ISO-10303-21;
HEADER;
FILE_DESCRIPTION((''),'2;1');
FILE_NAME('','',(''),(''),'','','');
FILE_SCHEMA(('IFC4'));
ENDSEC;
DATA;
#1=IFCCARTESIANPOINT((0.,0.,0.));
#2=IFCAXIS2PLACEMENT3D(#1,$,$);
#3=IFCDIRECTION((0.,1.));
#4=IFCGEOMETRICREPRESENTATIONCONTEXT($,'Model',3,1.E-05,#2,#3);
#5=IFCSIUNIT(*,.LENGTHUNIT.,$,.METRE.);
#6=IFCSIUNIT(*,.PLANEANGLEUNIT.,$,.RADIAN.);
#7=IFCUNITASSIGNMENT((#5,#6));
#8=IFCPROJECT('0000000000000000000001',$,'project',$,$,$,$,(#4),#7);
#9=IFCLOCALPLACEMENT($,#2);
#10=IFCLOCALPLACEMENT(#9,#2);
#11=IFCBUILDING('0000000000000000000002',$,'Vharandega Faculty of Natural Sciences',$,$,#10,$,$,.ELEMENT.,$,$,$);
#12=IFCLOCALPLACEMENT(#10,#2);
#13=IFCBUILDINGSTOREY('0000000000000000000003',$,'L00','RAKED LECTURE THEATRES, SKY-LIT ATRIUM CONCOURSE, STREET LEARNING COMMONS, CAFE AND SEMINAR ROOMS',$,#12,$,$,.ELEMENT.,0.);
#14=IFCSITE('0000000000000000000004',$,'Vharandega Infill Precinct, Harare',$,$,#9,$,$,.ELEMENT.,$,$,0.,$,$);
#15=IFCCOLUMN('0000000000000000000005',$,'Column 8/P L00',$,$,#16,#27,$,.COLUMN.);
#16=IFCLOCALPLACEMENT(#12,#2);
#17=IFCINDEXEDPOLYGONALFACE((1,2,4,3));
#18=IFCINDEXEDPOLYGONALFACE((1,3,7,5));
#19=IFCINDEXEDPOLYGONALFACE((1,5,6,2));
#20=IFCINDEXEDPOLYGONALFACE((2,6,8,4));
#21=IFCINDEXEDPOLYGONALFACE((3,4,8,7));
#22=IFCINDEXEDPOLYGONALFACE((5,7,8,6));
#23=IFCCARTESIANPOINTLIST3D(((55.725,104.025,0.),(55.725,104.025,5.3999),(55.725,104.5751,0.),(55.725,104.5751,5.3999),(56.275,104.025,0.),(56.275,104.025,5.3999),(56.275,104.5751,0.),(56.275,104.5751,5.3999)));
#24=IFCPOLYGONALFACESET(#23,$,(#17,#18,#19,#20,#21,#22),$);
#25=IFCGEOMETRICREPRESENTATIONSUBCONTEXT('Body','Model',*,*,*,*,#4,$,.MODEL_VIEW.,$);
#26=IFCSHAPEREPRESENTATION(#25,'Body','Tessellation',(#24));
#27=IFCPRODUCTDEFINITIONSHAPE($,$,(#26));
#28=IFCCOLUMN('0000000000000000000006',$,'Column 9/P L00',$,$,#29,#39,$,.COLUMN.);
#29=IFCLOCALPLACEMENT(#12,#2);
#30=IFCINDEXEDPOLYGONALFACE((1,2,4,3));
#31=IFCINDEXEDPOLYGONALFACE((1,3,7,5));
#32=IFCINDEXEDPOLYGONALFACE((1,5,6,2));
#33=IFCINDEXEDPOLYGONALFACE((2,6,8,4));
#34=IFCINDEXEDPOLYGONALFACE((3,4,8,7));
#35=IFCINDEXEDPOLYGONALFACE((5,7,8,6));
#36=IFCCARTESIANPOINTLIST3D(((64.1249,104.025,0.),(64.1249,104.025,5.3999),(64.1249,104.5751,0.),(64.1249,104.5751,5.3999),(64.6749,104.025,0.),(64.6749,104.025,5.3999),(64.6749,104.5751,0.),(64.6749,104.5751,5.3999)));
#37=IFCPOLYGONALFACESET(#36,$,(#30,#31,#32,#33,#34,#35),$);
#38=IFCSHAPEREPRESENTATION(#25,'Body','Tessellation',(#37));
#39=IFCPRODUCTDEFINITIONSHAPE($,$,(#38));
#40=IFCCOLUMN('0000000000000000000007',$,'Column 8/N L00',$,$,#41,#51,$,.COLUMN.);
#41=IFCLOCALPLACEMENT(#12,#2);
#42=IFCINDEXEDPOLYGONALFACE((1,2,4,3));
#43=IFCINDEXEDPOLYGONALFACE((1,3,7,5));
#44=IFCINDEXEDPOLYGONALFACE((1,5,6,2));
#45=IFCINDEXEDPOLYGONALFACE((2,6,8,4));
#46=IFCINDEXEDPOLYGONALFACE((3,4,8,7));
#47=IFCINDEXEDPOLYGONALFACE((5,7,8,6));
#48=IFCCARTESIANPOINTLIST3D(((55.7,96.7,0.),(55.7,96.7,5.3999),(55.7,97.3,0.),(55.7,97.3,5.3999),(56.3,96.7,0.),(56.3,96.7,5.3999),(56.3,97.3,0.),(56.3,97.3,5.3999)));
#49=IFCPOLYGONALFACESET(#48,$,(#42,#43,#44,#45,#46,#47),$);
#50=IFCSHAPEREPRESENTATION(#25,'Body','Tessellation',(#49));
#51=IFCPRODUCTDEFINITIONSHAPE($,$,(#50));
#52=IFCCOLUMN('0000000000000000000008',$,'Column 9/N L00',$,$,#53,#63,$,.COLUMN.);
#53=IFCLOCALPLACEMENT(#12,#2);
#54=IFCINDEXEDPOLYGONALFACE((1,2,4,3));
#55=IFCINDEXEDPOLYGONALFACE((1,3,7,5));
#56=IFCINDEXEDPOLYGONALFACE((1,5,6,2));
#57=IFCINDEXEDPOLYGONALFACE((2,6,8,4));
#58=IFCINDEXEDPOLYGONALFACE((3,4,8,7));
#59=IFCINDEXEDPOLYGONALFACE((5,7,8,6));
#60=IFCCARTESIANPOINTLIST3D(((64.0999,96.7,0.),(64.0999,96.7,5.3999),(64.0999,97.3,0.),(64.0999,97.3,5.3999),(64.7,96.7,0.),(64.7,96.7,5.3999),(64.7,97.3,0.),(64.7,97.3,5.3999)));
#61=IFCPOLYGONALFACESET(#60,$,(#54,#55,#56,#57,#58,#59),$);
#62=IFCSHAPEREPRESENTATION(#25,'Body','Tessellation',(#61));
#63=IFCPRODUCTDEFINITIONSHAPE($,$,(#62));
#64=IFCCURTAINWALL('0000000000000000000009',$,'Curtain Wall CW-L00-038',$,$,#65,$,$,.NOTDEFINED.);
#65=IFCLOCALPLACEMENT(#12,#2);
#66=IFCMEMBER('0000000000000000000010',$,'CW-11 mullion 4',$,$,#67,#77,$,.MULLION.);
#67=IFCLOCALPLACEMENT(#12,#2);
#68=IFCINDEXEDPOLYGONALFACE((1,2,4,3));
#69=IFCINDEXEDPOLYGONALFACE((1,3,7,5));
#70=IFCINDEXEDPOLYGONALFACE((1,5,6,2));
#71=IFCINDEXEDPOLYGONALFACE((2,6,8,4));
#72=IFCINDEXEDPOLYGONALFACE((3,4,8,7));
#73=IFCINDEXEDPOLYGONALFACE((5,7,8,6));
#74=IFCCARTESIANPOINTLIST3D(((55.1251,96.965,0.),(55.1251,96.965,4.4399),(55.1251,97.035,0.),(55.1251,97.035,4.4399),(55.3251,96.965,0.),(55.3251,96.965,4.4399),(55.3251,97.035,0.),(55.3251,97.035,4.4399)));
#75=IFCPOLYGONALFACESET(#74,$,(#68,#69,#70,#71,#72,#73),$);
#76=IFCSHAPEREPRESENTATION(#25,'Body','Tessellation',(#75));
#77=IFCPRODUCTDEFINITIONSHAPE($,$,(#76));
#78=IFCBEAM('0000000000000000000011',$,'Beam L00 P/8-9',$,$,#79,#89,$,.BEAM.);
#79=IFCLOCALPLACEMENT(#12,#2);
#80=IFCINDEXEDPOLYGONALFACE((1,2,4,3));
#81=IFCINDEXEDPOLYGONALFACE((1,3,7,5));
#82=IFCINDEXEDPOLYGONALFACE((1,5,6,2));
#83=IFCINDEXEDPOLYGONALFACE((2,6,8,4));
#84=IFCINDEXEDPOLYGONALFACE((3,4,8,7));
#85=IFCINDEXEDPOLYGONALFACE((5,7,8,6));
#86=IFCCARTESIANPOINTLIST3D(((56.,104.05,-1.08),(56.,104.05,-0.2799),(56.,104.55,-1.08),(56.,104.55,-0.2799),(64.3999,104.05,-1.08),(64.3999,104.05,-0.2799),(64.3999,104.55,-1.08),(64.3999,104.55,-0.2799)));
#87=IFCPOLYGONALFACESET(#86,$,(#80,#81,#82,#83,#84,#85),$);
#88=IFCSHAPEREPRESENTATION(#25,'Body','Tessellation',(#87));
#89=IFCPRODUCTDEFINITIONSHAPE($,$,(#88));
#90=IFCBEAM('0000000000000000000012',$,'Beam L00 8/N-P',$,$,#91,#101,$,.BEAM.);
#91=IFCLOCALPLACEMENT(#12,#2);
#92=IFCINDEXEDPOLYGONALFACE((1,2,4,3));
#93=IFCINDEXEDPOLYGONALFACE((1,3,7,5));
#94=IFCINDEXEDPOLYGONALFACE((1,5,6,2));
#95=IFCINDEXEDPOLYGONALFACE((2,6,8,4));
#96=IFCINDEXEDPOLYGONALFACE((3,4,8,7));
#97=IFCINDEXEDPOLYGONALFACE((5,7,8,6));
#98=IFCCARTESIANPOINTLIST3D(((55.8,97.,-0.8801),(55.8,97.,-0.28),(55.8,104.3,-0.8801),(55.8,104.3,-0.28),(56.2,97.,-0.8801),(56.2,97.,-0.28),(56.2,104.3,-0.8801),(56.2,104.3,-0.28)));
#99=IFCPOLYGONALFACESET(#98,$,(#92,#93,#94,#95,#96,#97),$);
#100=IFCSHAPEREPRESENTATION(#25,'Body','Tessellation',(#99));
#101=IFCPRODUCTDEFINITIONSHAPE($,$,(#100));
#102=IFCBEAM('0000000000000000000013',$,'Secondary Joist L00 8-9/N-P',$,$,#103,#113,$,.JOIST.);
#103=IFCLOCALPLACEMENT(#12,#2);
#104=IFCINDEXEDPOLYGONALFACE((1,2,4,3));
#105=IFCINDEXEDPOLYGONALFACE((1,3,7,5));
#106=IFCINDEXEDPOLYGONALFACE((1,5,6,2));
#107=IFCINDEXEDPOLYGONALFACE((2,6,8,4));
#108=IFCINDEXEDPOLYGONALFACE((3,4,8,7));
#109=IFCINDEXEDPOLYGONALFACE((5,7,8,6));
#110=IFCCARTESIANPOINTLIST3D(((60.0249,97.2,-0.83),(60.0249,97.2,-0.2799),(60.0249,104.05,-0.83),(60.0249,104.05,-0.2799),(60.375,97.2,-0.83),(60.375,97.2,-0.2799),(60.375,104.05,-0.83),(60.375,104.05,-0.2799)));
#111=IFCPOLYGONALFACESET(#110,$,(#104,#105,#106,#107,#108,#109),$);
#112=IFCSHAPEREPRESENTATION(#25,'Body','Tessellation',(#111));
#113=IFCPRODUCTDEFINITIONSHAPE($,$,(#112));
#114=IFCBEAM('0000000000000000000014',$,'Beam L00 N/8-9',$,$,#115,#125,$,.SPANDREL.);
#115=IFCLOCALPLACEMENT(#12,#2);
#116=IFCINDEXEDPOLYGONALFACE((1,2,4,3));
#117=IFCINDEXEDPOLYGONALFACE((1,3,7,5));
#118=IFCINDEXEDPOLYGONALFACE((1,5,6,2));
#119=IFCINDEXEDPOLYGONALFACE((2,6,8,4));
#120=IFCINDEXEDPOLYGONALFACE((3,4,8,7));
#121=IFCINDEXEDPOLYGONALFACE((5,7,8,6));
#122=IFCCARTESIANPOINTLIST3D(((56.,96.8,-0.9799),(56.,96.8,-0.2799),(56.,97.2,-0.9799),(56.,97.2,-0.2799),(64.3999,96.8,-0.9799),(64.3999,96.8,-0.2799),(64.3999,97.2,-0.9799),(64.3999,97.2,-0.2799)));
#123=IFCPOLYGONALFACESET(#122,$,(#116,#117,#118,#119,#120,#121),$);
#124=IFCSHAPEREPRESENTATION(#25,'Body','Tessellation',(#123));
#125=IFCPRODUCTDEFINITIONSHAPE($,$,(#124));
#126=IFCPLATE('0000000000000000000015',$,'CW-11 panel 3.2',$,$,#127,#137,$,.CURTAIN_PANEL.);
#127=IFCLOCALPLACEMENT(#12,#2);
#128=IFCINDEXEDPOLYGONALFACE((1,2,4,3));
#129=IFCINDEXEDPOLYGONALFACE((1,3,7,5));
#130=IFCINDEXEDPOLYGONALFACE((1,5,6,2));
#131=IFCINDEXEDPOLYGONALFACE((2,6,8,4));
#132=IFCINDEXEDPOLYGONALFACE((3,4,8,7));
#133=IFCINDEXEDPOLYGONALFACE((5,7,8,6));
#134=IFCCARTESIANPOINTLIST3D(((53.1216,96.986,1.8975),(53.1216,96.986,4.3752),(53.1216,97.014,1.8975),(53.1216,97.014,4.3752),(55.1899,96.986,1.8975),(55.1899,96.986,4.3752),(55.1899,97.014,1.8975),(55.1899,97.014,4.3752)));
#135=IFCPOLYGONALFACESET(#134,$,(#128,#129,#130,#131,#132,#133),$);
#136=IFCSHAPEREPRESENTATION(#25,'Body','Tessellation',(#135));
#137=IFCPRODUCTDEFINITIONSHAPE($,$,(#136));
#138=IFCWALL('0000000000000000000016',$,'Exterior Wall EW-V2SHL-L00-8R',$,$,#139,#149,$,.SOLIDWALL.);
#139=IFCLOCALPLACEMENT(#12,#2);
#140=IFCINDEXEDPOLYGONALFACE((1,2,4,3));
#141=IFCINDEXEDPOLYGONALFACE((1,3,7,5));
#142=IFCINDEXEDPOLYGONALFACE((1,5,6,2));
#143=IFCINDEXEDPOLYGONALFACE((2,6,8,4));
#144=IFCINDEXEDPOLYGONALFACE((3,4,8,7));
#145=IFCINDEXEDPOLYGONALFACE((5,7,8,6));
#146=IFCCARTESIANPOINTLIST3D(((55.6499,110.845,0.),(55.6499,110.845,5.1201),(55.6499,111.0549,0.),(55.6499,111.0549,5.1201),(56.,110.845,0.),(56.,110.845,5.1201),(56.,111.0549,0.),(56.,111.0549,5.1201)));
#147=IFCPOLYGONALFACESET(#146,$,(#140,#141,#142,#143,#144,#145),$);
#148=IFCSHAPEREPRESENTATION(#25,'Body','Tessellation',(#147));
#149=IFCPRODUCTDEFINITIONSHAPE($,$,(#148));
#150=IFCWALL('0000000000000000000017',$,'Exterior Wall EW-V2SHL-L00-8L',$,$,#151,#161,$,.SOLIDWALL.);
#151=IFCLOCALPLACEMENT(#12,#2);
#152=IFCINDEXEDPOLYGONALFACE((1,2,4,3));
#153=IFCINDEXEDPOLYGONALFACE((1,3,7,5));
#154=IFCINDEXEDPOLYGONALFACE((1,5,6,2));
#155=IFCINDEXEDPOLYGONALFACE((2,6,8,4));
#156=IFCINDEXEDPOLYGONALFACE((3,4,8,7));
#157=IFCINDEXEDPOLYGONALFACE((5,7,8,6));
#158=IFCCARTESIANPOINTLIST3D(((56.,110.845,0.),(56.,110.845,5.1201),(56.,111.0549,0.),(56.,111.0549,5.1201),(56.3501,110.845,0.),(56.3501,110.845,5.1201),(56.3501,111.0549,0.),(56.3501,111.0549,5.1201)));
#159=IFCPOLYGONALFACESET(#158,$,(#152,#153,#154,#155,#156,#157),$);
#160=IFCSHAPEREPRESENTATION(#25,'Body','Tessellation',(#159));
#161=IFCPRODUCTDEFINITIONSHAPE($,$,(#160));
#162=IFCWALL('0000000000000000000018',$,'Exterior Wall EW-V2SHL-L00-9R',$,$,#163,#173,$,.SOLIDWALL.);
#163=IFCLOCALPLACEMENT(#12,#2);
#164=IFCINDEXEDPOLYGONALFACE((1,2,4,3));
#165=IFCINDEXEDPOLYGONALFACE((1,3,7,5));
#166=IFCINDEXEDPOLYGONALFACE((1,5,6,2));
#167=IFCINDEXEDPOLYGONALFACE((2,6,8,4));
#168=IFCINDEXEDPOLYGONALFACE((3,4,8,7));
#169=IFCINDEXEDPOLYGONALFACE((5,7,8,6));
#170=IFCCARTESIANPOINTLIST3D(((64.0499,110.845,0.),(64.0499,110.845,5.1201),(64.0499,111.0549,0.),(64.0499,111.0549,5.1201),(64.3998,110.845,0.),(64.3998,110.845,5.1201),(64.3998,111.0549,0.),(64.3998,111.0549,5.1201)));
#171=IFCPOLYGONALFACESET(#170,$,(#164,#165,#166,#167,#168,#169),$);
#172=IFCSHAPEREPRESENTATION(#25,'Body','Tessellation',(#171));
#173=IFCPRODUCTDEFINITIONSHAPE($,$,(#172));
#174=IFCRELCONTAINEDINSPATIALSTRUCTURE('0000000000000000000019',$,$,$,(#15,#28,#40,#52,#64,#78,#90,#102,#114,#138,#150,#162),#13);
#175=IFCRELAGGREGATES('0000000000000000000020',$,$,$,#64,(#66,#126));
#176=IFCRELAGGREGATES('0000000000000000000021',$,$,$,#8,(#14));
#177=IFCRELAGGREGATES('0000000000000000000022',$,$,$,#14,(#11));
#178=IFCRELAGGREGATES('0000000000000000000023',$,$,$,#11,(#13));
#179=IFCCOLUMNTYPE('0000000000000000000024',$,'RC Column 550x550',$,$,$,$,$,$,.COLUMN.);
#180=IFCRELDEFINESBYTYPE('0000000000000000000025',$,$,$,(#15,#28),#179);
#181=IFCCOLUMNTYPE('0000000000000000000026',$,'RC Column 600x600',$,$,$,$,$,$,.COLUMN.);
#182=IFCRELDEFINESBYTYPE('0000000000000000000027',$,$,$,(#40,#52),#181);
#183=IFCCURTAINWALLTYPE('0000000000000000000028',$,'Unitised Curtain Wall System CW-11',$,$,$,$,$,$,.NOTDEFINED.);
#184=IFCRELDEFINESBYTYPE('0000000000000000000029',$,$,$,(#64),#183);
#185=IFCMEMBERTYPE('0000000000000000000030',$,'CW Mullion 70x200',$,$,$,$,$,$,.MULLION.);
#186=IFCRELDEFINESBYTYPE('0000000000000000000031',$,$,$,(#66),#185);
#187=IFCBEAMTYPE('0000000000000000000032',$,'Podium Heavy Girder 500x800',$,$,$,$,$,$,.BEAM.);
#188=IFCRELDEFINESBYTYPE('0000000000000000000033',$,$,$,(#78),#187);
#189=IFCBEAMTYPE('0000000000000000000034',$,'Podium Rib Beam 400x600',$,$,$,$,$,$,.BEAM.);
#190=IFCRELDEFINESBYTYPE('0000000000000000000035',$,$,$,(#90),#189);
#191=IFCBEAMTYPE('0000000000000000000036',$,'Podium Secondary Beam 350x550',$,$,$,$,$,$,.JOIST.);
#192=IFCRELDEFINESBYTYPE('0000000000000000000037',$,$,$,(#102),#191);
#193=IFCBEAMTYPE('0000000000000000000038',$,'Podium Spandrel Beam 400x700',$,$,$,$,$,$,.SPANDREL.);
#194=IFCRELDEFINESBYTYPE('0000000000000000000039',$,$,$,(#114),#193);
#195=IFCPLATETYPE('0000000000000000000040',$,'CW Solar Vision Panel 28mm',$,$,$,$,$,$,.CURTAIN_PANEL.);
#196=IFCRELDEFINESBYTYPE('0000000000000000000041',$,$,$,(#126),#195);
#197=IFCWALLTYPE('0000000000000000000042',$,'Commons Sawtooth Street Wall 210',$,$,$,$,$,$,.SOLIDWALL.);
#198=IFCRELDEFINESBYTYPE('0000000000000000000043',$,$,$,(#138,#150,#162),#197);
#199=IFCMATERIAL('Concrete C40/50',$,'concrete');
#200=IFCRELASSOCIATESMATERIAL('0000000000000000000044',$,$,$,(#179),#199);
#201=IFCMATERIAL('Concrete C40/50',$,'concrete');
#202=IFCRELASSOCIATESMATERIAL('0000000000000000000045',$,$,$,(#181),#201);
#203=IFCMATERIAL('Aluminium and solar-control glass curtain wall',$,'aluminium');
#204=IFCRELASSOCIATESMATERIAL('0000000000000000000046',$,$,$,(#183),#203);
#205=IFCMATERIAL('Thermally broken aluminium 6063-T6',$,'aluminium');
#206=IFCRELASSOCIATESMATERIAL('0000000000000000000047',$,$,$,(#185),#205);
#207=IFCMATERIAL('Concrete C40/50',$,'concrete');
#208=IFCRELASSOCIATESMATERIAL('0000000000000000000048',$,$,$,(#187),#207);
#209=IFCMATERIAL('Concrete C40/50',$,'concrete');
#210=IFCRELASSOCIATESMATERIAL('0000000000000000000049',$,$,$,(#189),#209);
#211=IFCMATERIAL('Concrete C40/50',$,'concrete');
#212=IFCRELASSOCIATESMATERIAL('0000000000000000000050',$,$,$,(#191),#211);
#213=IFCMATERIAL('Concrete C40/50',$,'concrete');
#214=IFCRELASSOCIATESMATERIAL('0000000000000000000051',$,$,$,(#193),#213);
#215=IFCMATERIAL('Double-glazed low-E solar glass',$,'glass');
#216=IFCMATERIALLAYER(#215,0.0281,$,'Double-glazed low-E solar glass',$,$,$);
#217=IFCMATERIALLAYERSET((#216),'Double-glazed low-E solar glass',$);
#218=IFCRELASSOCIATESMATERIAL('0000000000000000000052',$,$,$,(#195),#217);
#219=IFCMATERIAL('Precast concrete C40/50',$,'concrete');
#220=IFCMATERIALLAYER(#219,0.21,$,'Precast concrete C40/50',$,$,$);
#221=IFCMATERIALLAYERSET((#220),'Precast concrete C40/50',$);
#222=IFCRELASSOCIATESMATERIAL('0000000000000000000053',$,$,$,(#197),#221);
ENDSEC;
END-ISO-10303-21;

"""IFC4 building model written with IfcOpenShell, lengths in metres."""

from ifc_helpers import new_model, si_unit, direction, frame, frame_2d, origin, origin_2d, place, context, subcontext, project, spatial, rectangle, extrude, material, layer, layer_set, material_profile, profile_set, type_object, element, aggregate, save


model = new_model("IFC4")

# Units and contexts
model_context = context("Model", 3, precision=1e-05, world=origin(), true_north=direction((0.0, 1.0)))
body_context = subcontext(model_context, "Body", "Model", "MODEL_VIEW")
ifc_project = project(units=[si_unit("LENGTHUNIT", "METRE"), si_unit("PLANEANGLEUNIT", "RADIAN")], contexts=[model_context])

# Site, building, storey
site_placement = place(None, origin())
site = spatial("IfcSite", under=ifc_project, at=site_placement, Name="Vharandega Infill Precinct, Harare", CompositionType="ELEMENT", RefElevation=0.0)
building_placement = place(site_placement, origin())
building = spatial("IfcBuilding", under=site, at=building_placement, Name="Vharandega Faculty of Natural Sciences", CompositionType="ELEMENT")
storey_placement = place(building_placement, origin())
storey = spatial("IfcBuildingStorey", under=building, at=storey_placement, Name="L00", Description="RAKED LECTURE THEATRES, SKY-LIT ATRIUM CONCOURSE, STREET LEARNING COMMONS, CAFE AND SEMINAR ROOMS", CompositionType="ELEMENT", Elevation=0.0)

# Columns
ifc_material_1 = material(Name="Concrete C40/50", Category="concrete")
ifc_material_profile_1 = material_profile(ifc_material_1, rectangle(XDim=0.55, YDim=0.55, at=origin_2d()), Name="RC 550x550")
ifc_profile_set_1 = profile_set([ifc_material_profile_1], Name="Concrete C40/50")
column_type_1 = type_object("IfcColumnType", Name="RC Column 550x550", PredefinedType="COLUMN", material=ifc_profile_set_1)
for number, where, z_axis, x_axis, name in (
    (1, (56.0, 104.3, 0.0), (0.0, 0.0, 1.0), (1.0, 0.0, 0.0), "Column 8/P L00"),
    (2, (64.3999, 104.3, 0.0), (0.0, 0.0, 1.0), (1.0, 0.0, 0.0), "Column 9/P L00"),
):
    element("IfcColumn", number, at=place(storey_placement, frame(where, z_axis=z_axis, x_axis=x_axis)), inside=storey, type_object=column_type_1, Name=name, PredefinedType="COLUMN", context=body_context, shape_type="SweptSolid", body=[
        extrude(rectangle(XDim=0.55, YDim=0.55, at=origin_2d()), origin(), (0.0, 0.0, 1.0), 5.3999),
    ])
ifc_material_2 = material(Name="Concrete C40/50", Category="concrete")
ifc_material_profile_2 = material_profile(ifc_material_2, rectangle(XDim=0.6001, YDim=0.6001, at=origin_2d()), Name="RC 600x600")
ifc_profile_set_2 = profile_set([ifc_material_profile_2], Name="Concrete C40/50")
column_type_2 = type_object("IfcColumnType", Name="RC Column 600x600", PredefinedType="COLUMN", material=ifc_profile_set_2)
for number, where, z_axis, x_axis, name in (
    (3, (56.0, 97.0, 0.0), (0.0, 0.0, 1.0), (1.0, 0.0, 0.0), "Column 8/N L00"),
    (4, (64.3999, 97.0, 0.0), (0.0, 0.0, 1.0), (1.0, 0.0, 0.0), "Column 9/N L00"),
):
    element("IfcColumn", number, at=place(storey_placement, frame(where, z_axis=z_axis, x_axis=x_axis)), inside=storey, type_object=column_type_2, Name=name, PredefinedType="COLUMN", context=body_context, shape_type="SweptSolid", body=[
        extrude(rectangle(XDim=0.6001, YDim=0.6001, at=origin_2d()), origin(), (0.0, 0.0, 1.0), 5.3999),
    ])

# Curtain wall, member
ifc_material_3 = material(Name="Aluminium and solar-control glass curtain wall", Category="aluminium")
curtain_wall_type = type_object("IfcCurtainWallType", Name="Unitised Curtain Wall System CW-11", PredefinedType="NOTDEFINED", material=ifc_material_3)
curtain_wall_placement = place(storey_placement, origin())
curtain_wall = element("IfcCurtainWall", 5, at=curtain_wall_placement, inside=storey, type_object=curtain_wall_type, Name="Curtain Wall CW-L00-038", PredefinedType="NOTDEFINED")
ifc_material_4 = material(Name="Thermally broken aluminium 6063-T6", Category="aluminium")
ifc_material_profile_3 = material_profile(ifc_material_4, rectangle(XDim=0.0701, YDim=0.2, at=origin_2d()), Name="ALU 70x200")
ifc_profile_set_3 = profile_set([ifc_material_profile_3], Name="Thermally broken aluminium 6063-T6")
member_type = type_object("IfcMemberType", Name="CW Mullion 70x200", PredefinedType="MULLION", material=ifc_profile_set_3)
member_placement = place(storey_placement, frame((55.2251, 97.0, 0.0), z_axis=(0.0, 0.0, 1.0), x_axis=(0.0, 1.0, 0.0)))
member = element("IfcMember", 6, at=member_placement, type_object=member_type, Name="CW-11 mullion 4", PredefinedType="MULLION", context=body_context, shape_type="SweptSolid", body=[
    extrude(rectangle(XDim=0.0701, YDim=0.2, at=origin_2d()), origin(), (0.0, 0.0, 1.0), 4.4399),
])

# Beams
ifc_material_5 = material(Name="Concrete C40/50", Category="concrete")
ifc_material_profile_4 = material_profile(ifc_material_5, rectangle(XDim=0.5, YDim=0.8, at=origin_2d()), Name="RC 500x800")
ifc_profile_set_4 = profile_set([ifc_material_profile_4], Name="Concrete C40/50")
beam_type_1 = type_object("IfcBeamType", Name="Podium Heavy Girder 500x800", PredefinedType="BEAM", material=ifc_profile_set_4)
beam_1_placement = place(storey_placement, frame((56.0, 104.3, -0.6799), z_axis=(1.0, 0.0, 0.0), x_axis=(0.0, 1.0, 0.0)))
element("IfcBeam", 7, at=beam_1_placement, inside=storey, type_object=beam_type_1, Name="Beam L00 P/8-9", PredefinedType="BEAM", context=body_context, shape_type="SweptSolid", body=[
    extrude(rectangle(XDim=0.5, YDim=0.8, at=origin_2d()), origin(), (0.0, 0.0, 1.0), 8.3999),
])
ifc_material_6 = material(Name="Concrete C40/50", Category="concrete")
ifc_material_profile_5 = material_profile(ifc_material_6, rectangle(XDim=0.3999, YDim=0.6001, at=origin_2d()), Name="RC 400x600")
ifc_profile_set_5 = profile_set([ifc_material_profile_5], Name="Concrete C40/50")
beam_type_2 = type_object("IfcBeamType", Name="Podium Rib Beam 400x600", PredefinedType="BEAM", material=ifc_profile_set_5)
beam_2_placement = place(storey_placement, frame((56.0, 97.0, -0.5801), z_axis=(0.0, 1.0, 0.0), x_axis=(-1.0, 0.0, 0.0)))
element("IfcBeam", 8, at=beam_2_placement, inside=storey, type_object=beam_type_2, Name="Beam L00 8/N-P", PredefinedType="BEAM", context=body_context, shape_type="SweptSolid", body=[
    extrude(rectangle(XDim=0.3999, YDim=0.6001, at=origin_2d()), origin(), (0.0, 0.0, 1.0), 7.3),
])
ifc_material_7 = material(Name="Concrete C40/50", Category="concrete")
ifc_material_profile_6 = material_profile(ifc_material_7, rectangle(XDim=0.3501, YDim=0.55, at=origin_2d()), Name="RC 350x550")
ifc_profile_set_6 = profile_set([ifc_material_profile_6], Name="Concrete C40/50")
beam_type_3 = type_object("IfcBeamType", Name="Podium Secondary Beam 350x550", PredefinedType="JOIST", material=ifc_profile_set_6)
beam_3_placement = place(storey_placement, frame((60.2, 97.2, -0.5549), z_axis=(0.0, 1.0, 0.0), x_axis=(-1.0, 0.0, 0.0)))
element("IfcBeam", 9, at=beam_3_placement, inside=storey, type_object=beam_type_3, Name="Secondary Joist L00 8-9/N-P", PredefinedType="JOIST", context=body_context, shape_type="SweptSolid", body=[
    extrude(rectangle(XDim=0.3501, YDim=0.55, at=origin_2d()), origin(), (0.0, 0.0, 1.0), 6.8501),
])
ifc_material_8 = material(Name="Concrete C40/50", Category="concrete")
ifc_material_profile_7 = material_profile(ifc_material_8, rectangle(XDim=0.3999, YDim=0.7, at=origin_2d()), Name="RC 400x700")
ifc_profile_set_7 = profile_set([ifc_material_profile_7], Name="Concrete C40/50")
beam_type_4 = type_object("IfcBeamType", Name="Podium Spandrel Beam 400x700", PredefinedType="SPANDREL", material=ifc_profile_set_7)
beam_4_placement = place(storey_placement, frame((56.0, 97.0, -0.6299), z_axis=(1.0, 0.0, 0.0), x_axis=(0.0, 1.0, 0.0)))
element("IfcBeam", 10, at=beam_4_placement, inside=storey, type_object=beam_type_4, Name="Beam L00 N/8-9", PredefinedType="SPANDREL", context=body_context, shape_type="SweptSolid", body=[
    extrude(rectangle(XDim=0.3999, YDim=0.7, at=origin_2d()), origin(), (0.0, 0.0, 1.0), 8.3999),
])

# Plate
ifc_material_9 = material(Name="Double-glazed low-E solar glass", Category="glass")
ifc_layer_1 = layer(ifc_material_9, 0.0281, Name="Double-glazed low-E solar glass")
ifc_layer_set_1 = layer_set([ifc_layer_1], Name="Double-glazed low-E solar glass")
plate_type = type_object("IfcPlateType", Name="CW Solar Vision Panel 28mm", PredefinedType="CURTAIN_PANEL", material=ifc_layer_set_1)
plate_placement = place(storey_placement, frame((54.1558, 97.0, 1.8975), z_axis=(0.0, 0.0, 1.0), x_axis=(1.0, 0.0, 0.0)))
plate = element("IfcPlate", 11, at=plate_placement, type_object=plate_type, Name="CW-11 panel 3.2", PredefinedType="CURTAIN_PANEL", context=body_context, shape_type="SweptSolid", body=[
    extrude(rectangle(XDim=2.0684, YDim=0.0281, at=origin_2d()), origin(), (0.0, 0.0, 1.0), 2.4778),
])
aggregate(curtain_wall, [member, plate])

# Walls
ifc_material_10 = material(Name="Precast concrete C40/50", Category="concrete")
ifc_layer_2 = layer(ifc_material_10, 0.21, Name="Precast concrete C40/50")
ifc_layer_set_2 = layer_set([ifc_layer_2], Name="Precast concrete C40/50")
wall_type_1 = type_object("IfcWallType", Name="Commons Sawtooth Street Wall 210", PredefinedType="SOLIDWALL", material=ifc_layer_set_2)
for number, where, z_axis, x_axis, name in (
    (12, (55.6499, 110.95, 0.0), (0.0, 0.0, 1.0), (1.0, 0.0, 0.0), "Exterior Wall EW-V2SHL-L00-8R"),
    (13, (56.0, 110.95, 0.0), (0.0, 0.0, 1.0), (1.0, 0.0, 0.0), "Exterior Wall EW-V2SHL-L00-8L"),
):
    element("IfcWall", number, at=place(storey_placement, frame(where, z_axis=z_axis, x_axis=x_axis)), inside=storey, type_object=wall_type_1, Name=name, PredefinedType="SOLIDWALL", context=body_context, shape_type="SweptSolid", body=[
        extrude(rectangle(XDim=0.3501, YDim=0.21, at=frame_2d((0.175, 0.0))), origin(), (0.0, 0.0, 1.0), 5.1201),
    ])
wall_1_placement = place(storey_placement, frame((64.05, 110.95, 0.0), z_axis=(0.0, 0.0, 1.0), x_axis=(1.0, 0.0, 0.0)))
element("IfcWall", 14, at=wall_1_placement, inside=storey, type_object=wall_type_1, Name="Exterior Wall EW-V2SHL-L00-9R", PredefinedType="SOLIDWALL", context=body_context, shape_type="SweptSolid", body=[
    extrude(rectangle(XDim=0.3499, YDim=0.21, at=frame_2d((0.1748, 0.0))), origin(), (0.0, 0.0, 1.0), 5.1201),
])

save(model, "model.ifc")
